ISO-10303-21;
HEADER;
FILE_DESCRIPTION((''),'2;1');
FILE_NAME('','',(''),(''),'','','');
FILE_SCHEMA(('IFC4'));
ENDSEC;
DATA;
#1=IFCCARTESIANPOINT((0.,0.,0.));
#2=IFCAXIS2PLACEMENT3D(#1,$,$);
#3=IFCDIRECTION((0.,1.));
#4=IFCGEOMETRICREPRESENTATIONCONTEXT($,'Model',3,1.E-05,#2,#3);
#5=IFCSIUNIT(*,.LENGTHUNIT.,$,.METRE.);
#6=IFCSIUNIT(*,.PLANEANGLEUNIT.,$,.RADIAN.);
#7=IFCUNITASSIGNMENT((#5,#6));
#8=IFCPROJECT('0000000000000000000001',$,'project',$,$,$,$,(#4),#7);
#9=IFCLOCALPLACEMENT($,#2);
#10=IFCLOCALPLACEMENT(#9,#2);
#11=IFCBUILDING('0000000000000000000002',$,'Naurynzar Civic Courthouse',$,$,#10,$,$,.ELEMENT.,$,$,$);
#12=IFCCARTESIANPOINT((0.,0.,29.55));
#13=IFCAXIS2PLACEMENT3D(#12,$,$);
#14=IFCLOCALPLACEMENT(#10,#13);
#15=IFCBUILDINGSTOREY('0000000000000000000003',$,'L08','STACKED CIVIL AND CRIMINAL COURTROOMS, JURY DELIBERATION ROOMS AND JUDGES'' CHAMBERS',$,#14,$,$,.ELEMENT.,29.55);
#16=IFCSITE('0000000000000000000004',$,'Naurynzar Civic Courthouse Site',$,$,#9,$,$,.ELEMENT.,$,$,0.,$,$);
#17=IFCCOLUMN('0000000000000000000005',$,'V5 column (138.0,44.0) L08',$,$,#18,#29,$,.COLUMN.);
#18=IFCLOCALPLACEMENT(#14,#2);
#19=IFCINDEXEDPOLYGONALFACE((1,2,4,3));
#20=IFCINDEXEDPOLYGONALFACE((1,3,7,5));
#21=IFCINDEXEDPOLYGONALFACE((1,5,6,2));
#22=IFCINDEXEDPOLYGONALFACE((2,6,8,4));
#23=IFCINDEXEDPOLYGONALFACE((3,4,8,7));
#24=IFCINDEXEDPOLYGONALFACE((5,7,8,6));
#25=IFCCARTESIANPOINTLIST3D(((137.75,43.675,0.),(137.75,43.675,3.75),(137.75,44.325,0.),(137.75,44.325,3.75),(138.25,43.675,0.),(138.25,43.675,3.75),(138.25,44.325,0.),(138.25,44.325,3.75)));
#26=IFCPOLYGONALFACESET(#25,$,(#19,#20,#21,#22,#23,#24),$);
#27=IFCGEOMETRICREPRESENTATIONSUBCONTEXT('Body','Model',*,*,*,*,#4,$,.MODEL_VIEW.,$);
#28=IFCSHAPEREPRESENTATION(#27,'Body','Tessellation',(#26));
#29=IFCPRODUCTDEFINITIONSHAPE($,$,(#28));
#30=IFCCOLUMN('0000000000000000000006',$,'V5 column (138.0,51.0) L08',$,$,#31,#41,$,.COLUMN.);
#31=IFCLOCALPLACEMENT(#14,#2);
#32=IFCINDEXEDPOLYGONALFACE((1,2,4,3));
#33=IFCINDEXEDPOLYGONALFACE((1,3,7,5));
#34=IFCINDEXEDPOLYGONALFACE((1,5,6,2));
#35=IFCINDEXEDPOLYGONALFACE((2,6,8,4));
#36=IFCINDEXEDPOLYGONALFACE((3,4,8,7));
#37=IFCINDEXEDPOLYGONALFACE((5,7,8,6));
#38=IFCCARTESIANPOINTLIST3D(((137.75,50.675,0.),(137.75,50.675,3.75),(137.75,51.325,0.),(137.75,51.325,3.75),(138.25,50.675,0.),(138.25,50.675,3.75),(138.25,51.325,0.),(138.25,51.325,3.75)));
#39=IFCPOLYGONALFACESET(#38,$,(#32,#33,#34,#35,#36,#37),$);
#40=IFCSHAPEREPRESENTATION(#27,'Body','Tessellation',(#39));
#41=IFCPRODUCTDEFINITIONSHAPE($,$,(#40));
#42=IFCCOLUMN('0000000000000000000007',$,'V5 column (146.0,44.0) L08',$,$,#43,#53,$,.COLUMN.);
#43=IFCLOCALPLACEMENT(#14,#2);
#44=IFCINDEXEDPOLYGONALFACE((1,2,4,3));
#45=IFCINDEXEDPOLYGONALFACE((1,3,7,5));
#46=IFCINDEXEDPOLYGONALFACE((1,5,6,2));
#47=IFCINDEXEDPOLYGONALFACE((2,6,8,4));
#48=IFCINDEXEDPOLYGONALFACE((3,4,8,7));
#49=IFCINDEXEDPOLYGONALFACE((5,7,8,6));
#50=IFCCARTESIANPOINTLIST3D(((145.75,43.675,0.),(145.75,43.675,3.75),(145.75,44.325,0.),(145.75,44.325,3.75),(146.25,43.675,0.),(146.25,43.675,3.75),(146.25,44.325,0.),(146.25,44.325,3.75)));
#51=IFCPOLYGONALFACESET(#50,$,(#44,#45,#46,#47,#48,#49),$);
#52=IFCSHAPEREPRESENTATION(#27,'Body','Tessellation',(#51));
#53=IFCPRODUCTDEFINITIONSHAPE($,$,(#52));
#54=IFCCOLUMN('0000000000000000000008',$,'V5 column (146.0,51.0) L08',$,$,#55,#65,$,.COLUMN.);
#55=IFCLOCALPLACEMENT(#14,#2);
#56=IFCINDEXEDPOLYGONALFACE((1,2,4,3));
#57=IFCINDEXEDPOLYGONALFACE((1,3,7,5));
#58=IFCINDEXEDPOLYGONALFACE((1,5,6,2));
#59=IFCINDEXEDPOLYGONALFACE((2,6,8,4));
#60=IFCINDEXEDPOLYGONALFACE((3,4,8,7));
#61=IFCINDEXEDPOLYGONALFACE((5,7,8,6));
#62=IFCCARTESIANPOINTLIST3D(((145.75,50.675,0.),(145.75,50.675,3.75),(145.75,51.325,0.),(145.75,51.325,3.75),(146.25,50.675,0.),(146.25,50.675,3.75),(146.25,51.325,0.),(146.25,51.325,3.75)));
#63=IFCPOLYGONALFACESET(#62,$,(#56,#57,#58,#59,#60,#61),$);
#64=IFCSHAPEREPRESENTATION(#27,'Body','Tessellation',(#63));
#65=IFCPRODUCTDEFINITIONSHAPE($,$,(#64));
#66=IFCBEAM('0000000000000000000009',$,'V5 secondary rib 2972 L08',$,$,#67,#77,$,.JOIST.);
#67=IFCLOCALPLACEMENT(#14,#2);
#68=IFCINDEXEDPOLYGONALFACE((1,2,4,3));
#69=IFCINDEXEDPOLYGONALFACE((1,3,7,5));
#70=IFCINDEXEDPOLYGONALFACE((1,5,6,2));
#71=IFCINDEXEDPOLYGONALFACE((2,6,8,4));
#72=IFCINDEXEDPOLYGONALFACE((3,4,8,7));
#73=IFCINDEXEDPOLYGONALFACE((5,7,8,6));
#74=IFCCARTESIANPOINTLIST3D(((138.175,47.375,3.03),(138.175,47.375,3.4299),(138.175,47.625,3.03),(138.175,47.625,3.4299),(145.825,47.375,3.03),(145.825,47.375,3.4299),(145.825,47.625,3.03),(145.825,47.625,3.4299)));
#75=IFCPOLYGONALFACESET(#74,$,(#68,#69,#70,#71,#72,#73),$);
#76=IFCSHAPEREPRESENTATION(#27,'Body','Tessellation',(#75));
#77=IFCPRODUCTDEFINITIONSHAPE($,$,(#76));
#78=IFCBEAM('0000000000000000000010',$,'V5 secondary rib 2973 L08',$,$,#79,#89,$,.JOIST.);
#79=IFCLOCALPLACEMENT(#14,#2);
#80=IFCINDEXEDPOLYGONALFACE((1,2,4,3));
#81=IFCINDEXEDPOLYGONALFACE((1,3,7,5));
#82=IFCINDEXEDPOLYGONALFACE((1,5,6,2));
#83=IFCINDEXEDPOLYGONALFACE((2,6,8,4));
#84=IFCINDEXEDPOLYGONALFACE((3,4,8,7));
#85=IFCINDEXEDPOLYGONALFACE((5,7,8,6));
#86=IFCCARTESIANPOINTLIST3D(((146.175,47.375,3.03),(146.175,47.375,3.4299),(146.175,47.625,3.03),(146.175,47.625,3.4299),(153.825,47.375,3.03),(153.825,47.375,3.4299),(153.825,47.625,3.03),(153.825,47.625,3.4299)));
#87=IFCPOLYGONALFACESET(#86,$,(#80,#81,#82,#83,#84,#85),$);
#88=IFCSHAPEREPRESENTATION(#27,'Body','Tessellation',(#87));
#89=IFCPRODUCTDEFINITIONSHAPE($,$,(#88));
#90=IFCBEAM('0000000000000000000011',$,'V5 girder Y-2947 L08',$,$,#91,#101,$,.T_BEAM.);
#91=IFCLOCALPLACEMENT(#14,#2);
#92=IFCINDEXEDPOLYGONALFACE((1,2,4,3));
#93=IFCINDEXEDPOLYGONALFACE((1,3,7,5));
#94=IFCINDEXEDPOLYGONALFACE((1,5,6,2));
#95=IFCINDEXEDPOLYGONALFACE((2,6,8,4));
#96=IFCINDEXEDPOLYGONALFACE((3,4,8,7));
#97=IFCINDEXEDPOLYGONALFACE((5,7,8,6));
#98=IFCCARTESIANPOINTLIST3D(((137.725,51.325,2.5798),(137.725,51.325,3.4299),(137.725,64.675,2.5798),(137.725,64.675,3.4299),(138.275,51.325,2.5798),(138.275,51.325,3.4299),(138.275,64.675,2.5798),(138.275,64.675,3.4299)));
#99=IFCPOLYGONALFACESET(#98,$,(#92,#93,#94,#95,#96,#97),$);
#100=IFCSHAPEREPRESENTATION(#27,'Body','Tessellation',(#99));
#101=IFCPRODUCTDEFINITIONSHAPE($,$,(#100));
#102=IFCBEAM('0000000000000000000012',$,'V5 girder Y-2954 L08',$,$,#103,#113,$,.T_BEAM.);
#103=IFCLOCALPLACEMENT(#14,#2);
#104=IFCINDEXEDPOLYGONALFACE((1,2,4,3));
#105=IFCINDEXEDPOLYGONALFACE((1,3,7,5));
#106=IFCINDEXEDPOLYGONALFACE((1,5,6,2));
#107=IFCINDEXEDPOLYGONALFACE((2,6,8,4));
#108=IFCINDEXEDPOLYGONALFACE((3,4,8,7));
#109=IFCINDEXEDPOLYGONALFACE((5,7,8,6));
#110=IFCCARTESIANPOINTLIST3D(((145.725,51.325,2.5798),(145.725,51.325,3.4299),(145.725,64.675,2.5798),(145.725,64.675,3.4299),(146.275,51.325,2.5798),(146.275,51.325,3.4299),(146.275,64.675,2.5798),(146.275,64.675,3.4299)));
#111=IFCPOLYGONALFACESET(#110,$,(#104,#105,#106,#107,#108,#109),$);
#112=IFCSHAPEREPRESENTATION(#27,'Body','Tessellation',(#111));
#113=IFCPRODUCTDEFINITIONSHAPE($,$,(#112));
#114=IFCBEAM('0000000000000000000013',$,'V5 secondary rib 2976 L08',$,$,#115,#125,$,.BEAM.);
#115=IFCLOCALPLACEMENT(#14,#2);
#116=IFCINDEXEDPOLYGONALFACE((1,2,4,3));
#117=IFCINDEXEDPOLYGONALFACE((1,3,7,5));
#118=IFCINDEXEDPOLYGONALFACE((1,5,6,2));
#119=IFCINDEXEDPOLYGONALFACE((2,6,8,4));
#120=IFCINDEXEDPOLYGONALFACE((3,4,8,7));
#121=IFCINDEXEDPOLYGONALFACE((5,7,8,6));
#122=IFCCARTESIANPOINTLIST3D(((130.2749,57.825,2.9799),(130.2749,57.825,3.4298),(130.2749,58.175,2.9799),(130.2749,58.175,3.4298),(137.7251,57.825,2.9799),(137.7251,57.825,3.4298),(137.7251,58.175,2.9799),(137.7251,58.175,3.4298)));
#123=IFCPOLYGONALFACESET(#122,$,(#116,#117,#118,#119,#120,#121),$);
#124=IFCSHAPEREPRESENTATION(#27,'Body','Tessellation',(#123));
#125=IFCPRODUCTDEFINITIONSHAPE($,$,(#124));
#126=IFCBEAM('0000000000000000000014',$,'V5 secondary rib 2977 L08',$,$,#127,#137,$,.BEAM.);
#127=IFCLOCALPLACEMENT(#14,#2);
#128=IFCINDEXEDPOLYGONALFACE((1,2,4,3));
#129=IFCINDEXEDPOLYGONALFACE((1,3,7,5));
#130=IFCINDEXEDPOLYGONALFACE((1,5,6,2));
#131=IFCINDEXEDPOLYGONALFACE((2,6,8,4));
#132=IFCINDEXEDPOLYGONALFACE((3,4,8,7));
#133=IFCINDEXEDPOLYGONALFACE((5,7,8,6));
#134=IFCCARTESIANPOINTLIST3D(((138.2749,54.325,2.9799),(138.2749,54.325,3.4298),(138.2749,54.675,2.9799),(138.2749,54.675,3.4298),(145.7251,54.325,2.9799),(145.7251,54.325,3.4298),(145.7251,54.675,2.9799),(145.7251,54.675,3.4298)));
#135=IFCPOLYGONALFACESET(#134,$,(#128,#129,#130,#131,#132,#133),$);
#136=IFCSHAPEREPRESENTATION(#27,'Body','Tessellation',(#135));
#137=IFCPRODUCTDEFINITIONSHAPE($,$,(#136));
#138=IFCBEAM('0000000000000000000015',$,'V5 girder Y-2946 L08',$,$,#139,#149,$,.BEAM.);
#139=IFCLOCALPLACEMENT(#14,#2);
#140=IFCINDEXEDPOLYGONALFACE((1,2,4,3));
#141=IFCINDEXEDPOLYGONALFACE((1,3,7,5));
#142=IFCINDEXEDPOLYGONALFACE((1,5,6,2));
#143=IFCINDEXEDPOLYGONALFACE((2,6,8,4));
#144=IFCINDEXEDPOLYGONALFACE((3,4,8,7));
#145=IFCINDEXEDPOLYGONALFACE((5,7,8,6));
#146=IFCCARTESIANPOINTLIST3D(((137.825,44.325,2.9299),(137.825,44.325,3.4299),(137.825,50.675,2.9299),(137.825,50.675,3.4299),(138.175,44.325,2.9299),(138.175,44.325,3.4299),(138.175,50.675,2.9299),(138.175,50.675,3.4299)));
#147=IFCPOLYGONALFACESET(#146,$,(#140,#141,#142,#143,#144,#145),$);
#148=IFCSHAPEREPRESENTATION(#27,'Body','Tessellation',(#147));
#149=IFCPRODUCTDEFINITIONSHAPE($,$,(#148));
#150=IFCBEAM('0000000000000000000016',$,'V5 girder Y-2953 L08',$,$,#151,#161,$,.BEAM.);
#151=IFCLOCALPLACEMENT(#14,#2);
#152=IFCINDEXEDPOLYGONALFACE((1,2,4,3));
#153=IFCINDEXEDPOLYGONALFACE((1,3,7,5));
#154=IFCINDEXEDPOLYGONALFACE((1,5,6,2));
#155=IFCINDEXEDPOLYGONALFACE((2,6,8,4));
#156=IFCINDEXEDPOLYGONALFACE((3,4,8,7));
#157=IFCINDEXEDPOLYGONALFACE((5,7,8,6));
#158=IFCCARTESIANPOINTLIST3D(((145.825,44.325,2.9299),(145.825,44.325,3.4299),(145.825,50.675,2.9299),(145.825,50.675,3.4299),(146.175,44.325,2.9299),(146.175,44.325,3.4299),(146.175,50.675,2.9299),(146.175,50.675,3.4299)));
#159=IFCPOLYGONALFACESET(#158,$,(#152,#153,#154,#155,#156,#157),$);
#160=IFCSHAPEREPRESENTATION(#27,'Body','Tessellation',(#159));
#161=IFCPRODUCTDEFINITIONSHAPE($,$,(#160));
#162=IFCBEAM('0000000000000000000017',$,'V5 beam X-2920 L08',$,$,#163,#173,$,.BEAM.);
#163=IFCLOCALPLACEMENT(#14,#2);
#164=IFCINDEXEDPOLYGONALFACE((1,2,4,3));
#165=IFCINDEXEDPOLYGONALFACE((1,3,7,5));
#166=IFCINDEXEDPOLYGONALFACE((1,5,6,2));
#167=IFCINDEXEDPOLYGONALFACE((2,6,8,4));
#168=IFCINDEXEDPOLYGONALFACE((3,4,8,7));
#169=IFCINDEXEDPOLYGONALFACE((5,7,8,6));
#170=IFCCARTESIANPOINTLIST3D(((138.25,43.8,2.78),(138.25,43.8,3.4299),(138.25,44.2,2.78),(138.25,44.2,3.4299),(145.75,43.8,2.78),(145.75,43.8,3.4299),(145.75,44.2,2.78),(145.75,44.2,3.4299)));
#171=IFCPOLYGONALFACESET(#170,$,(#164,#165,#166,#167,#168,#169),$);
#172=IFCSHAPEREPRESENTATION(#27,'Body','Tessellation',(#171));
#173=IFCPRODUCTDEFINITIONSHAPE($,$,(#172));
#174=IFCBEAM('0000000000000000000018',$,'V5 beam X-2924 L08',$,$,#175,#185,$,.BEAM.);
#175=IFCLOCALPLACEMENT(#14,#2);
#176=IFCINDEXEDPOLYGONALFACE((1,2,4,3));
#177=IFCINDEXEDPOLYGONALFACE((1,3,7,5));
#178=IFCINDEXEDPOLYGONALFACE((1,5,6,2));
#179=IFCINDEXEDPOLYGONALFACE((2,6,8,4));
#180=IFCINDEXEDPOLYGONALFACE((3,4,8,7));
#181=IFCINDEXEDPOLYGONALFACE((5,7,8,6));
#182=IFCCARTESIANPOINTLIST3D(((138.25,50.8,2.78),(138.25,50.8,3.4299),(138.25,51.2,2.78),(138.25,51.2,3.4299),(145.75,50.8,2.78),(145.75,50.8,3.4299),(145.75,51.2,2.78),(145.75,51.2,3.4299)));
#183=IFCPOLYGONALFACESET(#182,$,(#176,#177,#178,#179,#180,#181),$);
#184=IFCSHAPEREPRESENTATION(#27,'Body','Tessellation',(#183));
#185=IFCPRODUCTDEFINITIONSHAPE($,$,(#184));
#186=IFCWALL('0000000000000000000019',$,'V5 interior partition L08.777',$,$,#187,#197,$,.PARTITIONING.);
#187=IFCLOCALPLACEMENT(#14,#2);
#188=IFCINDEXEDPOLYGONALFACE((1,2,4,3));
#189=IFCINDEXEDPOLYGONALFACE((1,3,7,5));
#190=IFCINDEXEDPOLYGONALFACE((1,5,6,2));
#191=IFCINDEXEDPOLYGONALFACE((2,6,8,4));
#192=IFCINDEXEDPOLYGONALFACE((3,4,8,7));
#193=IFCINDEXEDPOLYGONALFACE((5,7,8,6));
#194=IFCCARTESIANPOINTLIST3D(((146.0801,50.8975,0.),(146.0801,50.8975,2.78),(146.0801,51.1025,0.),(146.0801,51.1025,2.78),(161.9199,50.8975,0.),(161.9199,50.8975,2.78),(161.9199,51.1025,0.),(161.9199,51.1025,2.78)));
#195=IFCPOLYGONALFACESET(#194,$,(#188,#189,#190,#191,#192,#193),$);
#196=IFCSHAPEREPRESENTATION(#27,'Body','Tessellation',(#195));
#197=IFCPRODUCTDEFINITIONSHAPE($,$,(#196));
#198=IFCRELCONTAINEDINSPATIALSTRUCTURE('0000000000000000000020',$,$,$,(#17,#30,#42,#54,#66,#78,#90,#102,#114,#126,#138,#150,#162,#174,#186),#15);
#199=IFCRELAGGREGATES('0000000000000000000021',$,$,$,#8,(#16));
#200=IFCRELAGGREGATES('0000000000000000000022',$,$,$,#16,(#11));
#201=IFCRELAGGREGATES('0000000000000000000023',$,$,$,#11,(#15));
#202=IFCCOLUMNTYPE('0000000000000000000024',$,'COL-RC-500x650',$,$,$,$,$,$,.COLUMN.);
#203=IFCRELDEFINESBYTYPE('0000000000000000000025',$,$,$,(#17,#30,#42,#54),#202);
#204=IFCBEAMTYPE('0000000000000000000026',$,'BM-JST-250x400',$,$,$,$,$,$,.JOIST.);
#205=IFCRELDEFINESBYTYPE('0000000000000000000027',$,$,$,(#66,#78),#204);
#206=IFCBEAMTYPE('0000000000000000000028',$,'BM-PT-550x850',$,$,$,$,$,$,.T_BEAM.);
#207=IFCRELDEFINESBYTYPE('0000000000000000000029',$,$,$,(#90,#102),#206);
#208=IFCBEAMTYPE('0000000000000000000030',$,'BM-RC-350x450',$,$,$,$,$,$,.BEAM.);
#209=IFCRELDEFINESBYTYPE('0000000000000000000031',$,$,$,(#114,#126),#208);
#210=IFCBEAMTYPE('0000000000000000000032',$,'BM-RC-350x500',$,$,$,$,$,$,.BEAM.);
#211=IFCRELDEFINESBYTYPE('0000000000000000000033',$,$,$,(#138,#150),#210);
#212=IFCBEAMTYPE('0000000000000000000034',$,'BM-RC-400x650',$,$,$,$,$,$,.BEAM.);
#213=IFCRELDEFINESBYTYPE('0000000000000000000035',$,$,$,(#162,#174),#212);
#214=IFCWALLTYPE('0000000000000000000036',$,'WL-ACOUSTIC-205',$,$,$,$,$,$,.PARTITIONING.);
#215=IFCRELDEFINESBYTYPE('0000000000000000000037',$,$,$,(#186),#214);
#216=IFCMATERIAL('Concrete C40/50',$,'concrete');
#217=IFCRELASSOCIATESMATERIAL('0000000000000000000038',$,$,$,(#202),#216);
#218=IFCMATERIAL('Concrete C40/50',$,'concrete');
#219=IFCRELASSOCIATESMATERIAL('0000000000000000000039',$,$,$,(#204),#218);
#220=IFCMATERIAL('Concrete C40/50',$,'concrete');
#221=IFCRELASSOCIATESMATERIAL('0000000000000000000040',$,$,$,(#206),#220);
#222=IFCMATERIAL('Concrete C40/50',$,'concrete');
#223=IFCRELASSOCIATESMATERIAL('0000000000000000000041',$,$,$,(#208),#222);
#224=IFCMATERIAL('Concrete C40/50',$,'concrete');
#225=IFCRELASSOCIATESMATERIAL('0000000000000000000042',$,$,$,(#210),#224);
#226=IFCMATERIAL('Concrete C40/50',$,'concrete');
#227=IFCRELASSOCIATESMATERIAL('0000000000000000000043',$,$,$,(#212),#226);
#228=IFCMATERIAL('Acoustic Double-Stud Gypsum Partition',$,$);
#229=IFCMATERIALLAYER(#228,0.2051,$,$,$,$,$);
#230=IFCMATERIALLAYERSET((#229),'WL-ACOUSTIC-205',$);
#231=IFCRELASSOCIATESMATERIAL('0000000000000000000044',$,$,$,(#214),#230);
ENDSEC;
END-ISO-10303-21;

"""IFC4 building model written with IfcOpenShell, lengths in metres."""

from ifc_helpers import new_model, si_unit, direction, frame, frame_2d, origin, origin_2d, place, context, subcontext, project, spatial, rectangle, extrude, material, layer, layer_set, material_profile, profile_set, type_object, element, save


model = new_model("IFC4")

# Units and contexts
model_context = context("Model", 3, precision=1e-05, world=origin(), true_north=direction((0.0, 1.0)))
body_context = subcontext(model_context, "Body", "Model", "MODEL_VIEW")
ifc_project = project(units=[si_unit("LENGTHUNIT", "METRE"), si_unit("PLANEANGLEUNIT", "RADIAN")], contexts=[model_context])

# Site, building, storey
site_placement = place(None, origin())
site = spatial("IfcSite", under=ifc_project, at=site_placement, Name="Naurynzar Civic Courthouse Site", CompositionType="ELEMENT", RefElevation=0.0)
building_placement = place(site_placement, origin())
building = spatial("IfcBuilding", under=site, at=building_placement, Name="Naurynzar Civic Courthouse", CompositionType="ELEMENT")
storey_placement = place(building_placement, frame((0.0, 0.0, 29.55)))
storey = spatial("IfcBuildingStorey", under=building, at=storey_placement, Name="L08", Description="STACKED CIVIL AND CRIMINAL COURTROOMS, JURY DELIBERATION ROOMS AND JUDGES' CHAMBERS", CompositionType="ELEMENT", Elevation=29.55)

# Columns
ifc_material_1 = material(Name="Concrete C40/50", Category="concrete")
ifc_material_profile_1 = material_profile(ifc_material_1, rectangle(XDim=0.5, YDim=0.6499, at=origin_2d()), Name="RC 500x650")
ifc_profile_set_1 = profile_set([ifc_material_profile_1], Name="Concrete C40/50")
column_type = type_object("IfcColumnType", Name="COL-RC-500x650", PredefinedType="COLUMN", material=ifc_profile_set_1)
for number, where, z_axis, x_axis, name in (
    (1, (138.0, 44.0, 0.0), (0.0, 0.0, 1.0), (1.0, 0.0, 0.0), "V5 column (138.0,44.0) L08"),
    (2, (138.0, 51.0, 0.0), (0.0, 0.0, 1.0), (1.0, 0.0, 0.0), "V5 column (138.0,51.0) L08"),
    (3, (146.0, 44.0, 0.0), (0.0, 0.0, 1.0), (1.0, 0.0, 0.0), "V5 column (146.0,44.0) L08"),
    (4, (146.0, 51.0, 0.0), (0.0, 0.0, 1.0), (1.0, 0.0, 0.0), "V5 column (146.0,51.0) L08"),
):
    element("IfcColumn", number, at=place(storey_placement, frame(where, z_axis=z_axis, x_axis=x_axis)), inside=storey, type_object=column_type, Name=name, PredefinedType="COLUMN", context=body_context, shape_type="SweptSolid", body=[
        extrude(rectangle(XDim=0.5, YDim=0.6499, at=origin_2d()), origin(), (0.0, 0.0, 1.0), 3.75),
    ])

# Beams
ifc_material_2 = material(Name="Concrete C40/50", Category="concrete")
ifc_material_profile_2 = material_profile(ifc_material_2, rectangle(XDim=0.25, YDim=0.3999, at=origin_2d()), Name="RCB 250x400")
ifc_profile_set_2 = profile_set([ifc_material_profile_2], Name="Concrete C40/50")
beam_type_1 = type_object("IfcBeamType", Name="BM-JST-250x400", PredefinedType="JOIST", material=ifc_profile_set_2)
for number, where, z_axis, x_axis, name in (
    (5, (138.175, 47.5, 3.23), (1.0, 0.0, 0.0), (0.0, 1.0, 0.0), "V5 secondary rib 2972 L08"),
    (6, (146.175, 47.5, 3.23), (1.0, 0.0, 0.0), (0.0, 1.0, 0.0), "V5 secondary rib 2973 L08"),
):
    element("IfcBeam", number, at=place(storey_placement, frame(where, z_axis=z_axis, x_axis=x_axis)), inside=storey, type_object=beam_type_1, Name=name, PredefinedType="JOIST", context=body_context, shape_type="SweptSolid", body=[
        extrude(rectangle(XDim=0.25, YDim=0.3999, at=origin_2d()), origin(), (0.0, 0.0, 1.0), 7.6499),
    ])
ifc_material_3 = material(Name="Concrete C40/50", Category="concrete")
ifc_material_profile_3 = material_profile(ifc_material_3, rectangle(XDim=0.55, YDim=0.8501, at=origin_2d()), Name="PTB 550x850")
ifc_profile_set_3 = profile_set([ifc_material_profile_3], Name="Concrete C40/50")
beam_type_2 = type_object("IfcBeamType", Name="BM-PT-550x850", PredefinedType="T_BEAM", material=ifc_profile_set_3)
for number, where, z_axis, x_axis, name in (
    (7, (138.0, 51.325, 3.0049), (0.0, 1.0, 0.0), (-1.0, 0.0, 0.0), "V5 girder Y-2947 L08"),
    (8, (146.0, 51.325, 3.0049), (0.0, 1.0, 0.0), (-1.0, 0.0, 0.0), "V5 girder Y-2954 L08"),
):
    element("IfcBeam", number, at=place(storey_placement, frame(where, z_axis=z_axis, x_axis=x_axis)), inside=storey, type_object=beam_type_2, Name=name, PredefinedType="T_BEAM", context=body_context, shape_type="SweptSolid", body=[
        extrude(rectangle(XDim=0.55, YDim=0.8501, at=origin_2d()), origin(), (0.0, 0.0, 1.0), 13.3501),
    ])
ifc_material_4 = material(Name="Concrete C40/50", Category="concrete")
ifc_material_profile_4 = material_profile(ifc_material_4, rectangle(XDim=0.3501, YDim=0.45, at=origin_2d()), Name="RCB 350x450")
ifc_profile_set_4 = profile_set([ifc_material_profile_4], Name="Concrete C40/50")
beam_type_3 = type_object("IfcBeamType", Name="BM-RC-350x450", PredefinedType="BEAM", material=ifc_profile_set_4)
for number, where, z_axis, x_axis, name in (
    (9, (130.2749, 58.0, 3.2048), (1.0, 0.0, 0.0), (0.0, 1.0, 0.0), "V5 secondary rib 2976 L08"),
    (10, (138.2749, 54.5, 3.2048), (1.0, 0.0, 0.0), (0.0, 1.0, 0.0), "V5 secondary rib 2977 L08"),
):
    element("IfcBeam", number, at=place(storey_placement, frame(where, z_axis=z_axis, x_axis=x_axis)), inside=storey, type_object=beam_type_3, Name=name, PredefinedType="BEAM", context=body_context, shape_type="SweptSolid", body=[
        extrude(rectangle(XDim=0.3501, YDim=0.45, at=origin_2d()), origin(), (0.0, 0.0, 1.0), 7.4502),
    ])
ifc_material_5 = material(Name="Concrete C40/50", Category="concrete")
ifc_material_profile_5 = material_profile(ifc_material_5, rectangle(XDim=0.3501, YDim=0.5, at=origin_2d()), Name="RCB 350x500")
ifc_profile_set_5 = profile_set([ifc_material_profile_5], Name="Concrete C40/50")
beam_type_4 = type_object("IfcBeamType", Name="BM-RC-350x500", PredefinedType="BEAM", material=ifc_profile_set_5)
for number, where, z_axis, x_axis, name in (
    (11, (138.0, 44.325, 3.1799), (0.0, 1.0, 0.0), (-1.0, 0.0, 0.0), "V5 girder Y-2946 L08"),
    (12, (146.0, 44.325, 3.1799), (0.0, 1.0, 0.0), (-1.0, 0.0, 0.0), "V5 girder Y-2953 L08"),
):
    element("IfcBeam", number, at=place(storey_placement, frame(where, z_axis=z_axis, x_axis=x_axis)), inside=storey, type_object=beam_type_4, Name=name, PredefinedType="BEAM", context=body_context, shape_type="SweptSolid", body=[
        extrude(rectangle(XDim=0.3501, YDim=0.5, at=origin_2d()), origin(), (0.0, 0.0, 1.0), 6.3501),
    ])
ifc_material_6 = material(Name="Concrete C40/50", Category="concrete")
ifc_material_profile_6 = material_profile(ifc_material_6, rectangle(XDim=0.3999, YDim=0.6499, at=origin_2d()), Name="RCB 400x650")
ifc_profile_set_6 = profile_set([ifc_material_profile_6], Name="Concrete C40/50")
beam_type_5 = type_object("IfcBeamType", Name="BM-RC-400x650", PredefinedType="BEAM", material=ifc_profile_set_6)
for number, where, z_axis, x_axis, name in (
    (13, (138.25, 44.0, 3.105), (1.0, 0.0, 0.0), (0.0, 1.0, 0.0), "V5 beam X-2920 L08"),
    (14, (138.25, 51.0, 3.105), (1.0, 0.0, 0.0), (0.0, 1.0, 0.0), "V5 beam X-2924 L08"),
):
    element("IfcBeam", number, at=place(storey_placement, frame(where, z_axis=z_axis, x_axis=x_axis)), inside=storey, type_object=beam_type_5, Name=name, PredefinedType="BEAM", context=body_context, shape_type="SweptSolid", body=[
        extrude(rectangle(XDim=0.3999, YDim=0.6499, at=origin_2d()), origin(), (0.0, 0.0, 1.0), 7.5),
    ])

# Wall
ifc_material_7 = material(Name="Acoustic Double-Stud Gypsum Partition")
ifc_layer_1 = layer(ifc_material_7, 0.2051)
ifc_layer_set_1 = layer_set([ifc_layer_1], Name="WL-ACOUSTIC-205")
wall_type_1 = type_object("IfcWallType", Name="WL-ACOUSTIC-205", PredefinedType="PARTITIONING", material=ifc_layer_set_1)
wall_1_placement = place(storey_placement, frame((146.0801, 51.0, 0.0), z_axis=(0.0, 0.0, 1.0), x_axis=(1.0, 0.0, 0.0)))
element("IfcWall", 15, at=wall_1_placement, inside=storey, type_object=wall_type_1, Name="V5 interior partition L08.777", PredefinedType="PARTITIONING", context=body_context, shape_type="SweptSolid", body=[
    extrude(rectangle(XDim=15.8398, YDim=0.2051, at=frame_2d((7.9199, 0.0))), origin(), (0.0, 0.0, 1.0), 2.78),
])

save(model, "model.ifc")
